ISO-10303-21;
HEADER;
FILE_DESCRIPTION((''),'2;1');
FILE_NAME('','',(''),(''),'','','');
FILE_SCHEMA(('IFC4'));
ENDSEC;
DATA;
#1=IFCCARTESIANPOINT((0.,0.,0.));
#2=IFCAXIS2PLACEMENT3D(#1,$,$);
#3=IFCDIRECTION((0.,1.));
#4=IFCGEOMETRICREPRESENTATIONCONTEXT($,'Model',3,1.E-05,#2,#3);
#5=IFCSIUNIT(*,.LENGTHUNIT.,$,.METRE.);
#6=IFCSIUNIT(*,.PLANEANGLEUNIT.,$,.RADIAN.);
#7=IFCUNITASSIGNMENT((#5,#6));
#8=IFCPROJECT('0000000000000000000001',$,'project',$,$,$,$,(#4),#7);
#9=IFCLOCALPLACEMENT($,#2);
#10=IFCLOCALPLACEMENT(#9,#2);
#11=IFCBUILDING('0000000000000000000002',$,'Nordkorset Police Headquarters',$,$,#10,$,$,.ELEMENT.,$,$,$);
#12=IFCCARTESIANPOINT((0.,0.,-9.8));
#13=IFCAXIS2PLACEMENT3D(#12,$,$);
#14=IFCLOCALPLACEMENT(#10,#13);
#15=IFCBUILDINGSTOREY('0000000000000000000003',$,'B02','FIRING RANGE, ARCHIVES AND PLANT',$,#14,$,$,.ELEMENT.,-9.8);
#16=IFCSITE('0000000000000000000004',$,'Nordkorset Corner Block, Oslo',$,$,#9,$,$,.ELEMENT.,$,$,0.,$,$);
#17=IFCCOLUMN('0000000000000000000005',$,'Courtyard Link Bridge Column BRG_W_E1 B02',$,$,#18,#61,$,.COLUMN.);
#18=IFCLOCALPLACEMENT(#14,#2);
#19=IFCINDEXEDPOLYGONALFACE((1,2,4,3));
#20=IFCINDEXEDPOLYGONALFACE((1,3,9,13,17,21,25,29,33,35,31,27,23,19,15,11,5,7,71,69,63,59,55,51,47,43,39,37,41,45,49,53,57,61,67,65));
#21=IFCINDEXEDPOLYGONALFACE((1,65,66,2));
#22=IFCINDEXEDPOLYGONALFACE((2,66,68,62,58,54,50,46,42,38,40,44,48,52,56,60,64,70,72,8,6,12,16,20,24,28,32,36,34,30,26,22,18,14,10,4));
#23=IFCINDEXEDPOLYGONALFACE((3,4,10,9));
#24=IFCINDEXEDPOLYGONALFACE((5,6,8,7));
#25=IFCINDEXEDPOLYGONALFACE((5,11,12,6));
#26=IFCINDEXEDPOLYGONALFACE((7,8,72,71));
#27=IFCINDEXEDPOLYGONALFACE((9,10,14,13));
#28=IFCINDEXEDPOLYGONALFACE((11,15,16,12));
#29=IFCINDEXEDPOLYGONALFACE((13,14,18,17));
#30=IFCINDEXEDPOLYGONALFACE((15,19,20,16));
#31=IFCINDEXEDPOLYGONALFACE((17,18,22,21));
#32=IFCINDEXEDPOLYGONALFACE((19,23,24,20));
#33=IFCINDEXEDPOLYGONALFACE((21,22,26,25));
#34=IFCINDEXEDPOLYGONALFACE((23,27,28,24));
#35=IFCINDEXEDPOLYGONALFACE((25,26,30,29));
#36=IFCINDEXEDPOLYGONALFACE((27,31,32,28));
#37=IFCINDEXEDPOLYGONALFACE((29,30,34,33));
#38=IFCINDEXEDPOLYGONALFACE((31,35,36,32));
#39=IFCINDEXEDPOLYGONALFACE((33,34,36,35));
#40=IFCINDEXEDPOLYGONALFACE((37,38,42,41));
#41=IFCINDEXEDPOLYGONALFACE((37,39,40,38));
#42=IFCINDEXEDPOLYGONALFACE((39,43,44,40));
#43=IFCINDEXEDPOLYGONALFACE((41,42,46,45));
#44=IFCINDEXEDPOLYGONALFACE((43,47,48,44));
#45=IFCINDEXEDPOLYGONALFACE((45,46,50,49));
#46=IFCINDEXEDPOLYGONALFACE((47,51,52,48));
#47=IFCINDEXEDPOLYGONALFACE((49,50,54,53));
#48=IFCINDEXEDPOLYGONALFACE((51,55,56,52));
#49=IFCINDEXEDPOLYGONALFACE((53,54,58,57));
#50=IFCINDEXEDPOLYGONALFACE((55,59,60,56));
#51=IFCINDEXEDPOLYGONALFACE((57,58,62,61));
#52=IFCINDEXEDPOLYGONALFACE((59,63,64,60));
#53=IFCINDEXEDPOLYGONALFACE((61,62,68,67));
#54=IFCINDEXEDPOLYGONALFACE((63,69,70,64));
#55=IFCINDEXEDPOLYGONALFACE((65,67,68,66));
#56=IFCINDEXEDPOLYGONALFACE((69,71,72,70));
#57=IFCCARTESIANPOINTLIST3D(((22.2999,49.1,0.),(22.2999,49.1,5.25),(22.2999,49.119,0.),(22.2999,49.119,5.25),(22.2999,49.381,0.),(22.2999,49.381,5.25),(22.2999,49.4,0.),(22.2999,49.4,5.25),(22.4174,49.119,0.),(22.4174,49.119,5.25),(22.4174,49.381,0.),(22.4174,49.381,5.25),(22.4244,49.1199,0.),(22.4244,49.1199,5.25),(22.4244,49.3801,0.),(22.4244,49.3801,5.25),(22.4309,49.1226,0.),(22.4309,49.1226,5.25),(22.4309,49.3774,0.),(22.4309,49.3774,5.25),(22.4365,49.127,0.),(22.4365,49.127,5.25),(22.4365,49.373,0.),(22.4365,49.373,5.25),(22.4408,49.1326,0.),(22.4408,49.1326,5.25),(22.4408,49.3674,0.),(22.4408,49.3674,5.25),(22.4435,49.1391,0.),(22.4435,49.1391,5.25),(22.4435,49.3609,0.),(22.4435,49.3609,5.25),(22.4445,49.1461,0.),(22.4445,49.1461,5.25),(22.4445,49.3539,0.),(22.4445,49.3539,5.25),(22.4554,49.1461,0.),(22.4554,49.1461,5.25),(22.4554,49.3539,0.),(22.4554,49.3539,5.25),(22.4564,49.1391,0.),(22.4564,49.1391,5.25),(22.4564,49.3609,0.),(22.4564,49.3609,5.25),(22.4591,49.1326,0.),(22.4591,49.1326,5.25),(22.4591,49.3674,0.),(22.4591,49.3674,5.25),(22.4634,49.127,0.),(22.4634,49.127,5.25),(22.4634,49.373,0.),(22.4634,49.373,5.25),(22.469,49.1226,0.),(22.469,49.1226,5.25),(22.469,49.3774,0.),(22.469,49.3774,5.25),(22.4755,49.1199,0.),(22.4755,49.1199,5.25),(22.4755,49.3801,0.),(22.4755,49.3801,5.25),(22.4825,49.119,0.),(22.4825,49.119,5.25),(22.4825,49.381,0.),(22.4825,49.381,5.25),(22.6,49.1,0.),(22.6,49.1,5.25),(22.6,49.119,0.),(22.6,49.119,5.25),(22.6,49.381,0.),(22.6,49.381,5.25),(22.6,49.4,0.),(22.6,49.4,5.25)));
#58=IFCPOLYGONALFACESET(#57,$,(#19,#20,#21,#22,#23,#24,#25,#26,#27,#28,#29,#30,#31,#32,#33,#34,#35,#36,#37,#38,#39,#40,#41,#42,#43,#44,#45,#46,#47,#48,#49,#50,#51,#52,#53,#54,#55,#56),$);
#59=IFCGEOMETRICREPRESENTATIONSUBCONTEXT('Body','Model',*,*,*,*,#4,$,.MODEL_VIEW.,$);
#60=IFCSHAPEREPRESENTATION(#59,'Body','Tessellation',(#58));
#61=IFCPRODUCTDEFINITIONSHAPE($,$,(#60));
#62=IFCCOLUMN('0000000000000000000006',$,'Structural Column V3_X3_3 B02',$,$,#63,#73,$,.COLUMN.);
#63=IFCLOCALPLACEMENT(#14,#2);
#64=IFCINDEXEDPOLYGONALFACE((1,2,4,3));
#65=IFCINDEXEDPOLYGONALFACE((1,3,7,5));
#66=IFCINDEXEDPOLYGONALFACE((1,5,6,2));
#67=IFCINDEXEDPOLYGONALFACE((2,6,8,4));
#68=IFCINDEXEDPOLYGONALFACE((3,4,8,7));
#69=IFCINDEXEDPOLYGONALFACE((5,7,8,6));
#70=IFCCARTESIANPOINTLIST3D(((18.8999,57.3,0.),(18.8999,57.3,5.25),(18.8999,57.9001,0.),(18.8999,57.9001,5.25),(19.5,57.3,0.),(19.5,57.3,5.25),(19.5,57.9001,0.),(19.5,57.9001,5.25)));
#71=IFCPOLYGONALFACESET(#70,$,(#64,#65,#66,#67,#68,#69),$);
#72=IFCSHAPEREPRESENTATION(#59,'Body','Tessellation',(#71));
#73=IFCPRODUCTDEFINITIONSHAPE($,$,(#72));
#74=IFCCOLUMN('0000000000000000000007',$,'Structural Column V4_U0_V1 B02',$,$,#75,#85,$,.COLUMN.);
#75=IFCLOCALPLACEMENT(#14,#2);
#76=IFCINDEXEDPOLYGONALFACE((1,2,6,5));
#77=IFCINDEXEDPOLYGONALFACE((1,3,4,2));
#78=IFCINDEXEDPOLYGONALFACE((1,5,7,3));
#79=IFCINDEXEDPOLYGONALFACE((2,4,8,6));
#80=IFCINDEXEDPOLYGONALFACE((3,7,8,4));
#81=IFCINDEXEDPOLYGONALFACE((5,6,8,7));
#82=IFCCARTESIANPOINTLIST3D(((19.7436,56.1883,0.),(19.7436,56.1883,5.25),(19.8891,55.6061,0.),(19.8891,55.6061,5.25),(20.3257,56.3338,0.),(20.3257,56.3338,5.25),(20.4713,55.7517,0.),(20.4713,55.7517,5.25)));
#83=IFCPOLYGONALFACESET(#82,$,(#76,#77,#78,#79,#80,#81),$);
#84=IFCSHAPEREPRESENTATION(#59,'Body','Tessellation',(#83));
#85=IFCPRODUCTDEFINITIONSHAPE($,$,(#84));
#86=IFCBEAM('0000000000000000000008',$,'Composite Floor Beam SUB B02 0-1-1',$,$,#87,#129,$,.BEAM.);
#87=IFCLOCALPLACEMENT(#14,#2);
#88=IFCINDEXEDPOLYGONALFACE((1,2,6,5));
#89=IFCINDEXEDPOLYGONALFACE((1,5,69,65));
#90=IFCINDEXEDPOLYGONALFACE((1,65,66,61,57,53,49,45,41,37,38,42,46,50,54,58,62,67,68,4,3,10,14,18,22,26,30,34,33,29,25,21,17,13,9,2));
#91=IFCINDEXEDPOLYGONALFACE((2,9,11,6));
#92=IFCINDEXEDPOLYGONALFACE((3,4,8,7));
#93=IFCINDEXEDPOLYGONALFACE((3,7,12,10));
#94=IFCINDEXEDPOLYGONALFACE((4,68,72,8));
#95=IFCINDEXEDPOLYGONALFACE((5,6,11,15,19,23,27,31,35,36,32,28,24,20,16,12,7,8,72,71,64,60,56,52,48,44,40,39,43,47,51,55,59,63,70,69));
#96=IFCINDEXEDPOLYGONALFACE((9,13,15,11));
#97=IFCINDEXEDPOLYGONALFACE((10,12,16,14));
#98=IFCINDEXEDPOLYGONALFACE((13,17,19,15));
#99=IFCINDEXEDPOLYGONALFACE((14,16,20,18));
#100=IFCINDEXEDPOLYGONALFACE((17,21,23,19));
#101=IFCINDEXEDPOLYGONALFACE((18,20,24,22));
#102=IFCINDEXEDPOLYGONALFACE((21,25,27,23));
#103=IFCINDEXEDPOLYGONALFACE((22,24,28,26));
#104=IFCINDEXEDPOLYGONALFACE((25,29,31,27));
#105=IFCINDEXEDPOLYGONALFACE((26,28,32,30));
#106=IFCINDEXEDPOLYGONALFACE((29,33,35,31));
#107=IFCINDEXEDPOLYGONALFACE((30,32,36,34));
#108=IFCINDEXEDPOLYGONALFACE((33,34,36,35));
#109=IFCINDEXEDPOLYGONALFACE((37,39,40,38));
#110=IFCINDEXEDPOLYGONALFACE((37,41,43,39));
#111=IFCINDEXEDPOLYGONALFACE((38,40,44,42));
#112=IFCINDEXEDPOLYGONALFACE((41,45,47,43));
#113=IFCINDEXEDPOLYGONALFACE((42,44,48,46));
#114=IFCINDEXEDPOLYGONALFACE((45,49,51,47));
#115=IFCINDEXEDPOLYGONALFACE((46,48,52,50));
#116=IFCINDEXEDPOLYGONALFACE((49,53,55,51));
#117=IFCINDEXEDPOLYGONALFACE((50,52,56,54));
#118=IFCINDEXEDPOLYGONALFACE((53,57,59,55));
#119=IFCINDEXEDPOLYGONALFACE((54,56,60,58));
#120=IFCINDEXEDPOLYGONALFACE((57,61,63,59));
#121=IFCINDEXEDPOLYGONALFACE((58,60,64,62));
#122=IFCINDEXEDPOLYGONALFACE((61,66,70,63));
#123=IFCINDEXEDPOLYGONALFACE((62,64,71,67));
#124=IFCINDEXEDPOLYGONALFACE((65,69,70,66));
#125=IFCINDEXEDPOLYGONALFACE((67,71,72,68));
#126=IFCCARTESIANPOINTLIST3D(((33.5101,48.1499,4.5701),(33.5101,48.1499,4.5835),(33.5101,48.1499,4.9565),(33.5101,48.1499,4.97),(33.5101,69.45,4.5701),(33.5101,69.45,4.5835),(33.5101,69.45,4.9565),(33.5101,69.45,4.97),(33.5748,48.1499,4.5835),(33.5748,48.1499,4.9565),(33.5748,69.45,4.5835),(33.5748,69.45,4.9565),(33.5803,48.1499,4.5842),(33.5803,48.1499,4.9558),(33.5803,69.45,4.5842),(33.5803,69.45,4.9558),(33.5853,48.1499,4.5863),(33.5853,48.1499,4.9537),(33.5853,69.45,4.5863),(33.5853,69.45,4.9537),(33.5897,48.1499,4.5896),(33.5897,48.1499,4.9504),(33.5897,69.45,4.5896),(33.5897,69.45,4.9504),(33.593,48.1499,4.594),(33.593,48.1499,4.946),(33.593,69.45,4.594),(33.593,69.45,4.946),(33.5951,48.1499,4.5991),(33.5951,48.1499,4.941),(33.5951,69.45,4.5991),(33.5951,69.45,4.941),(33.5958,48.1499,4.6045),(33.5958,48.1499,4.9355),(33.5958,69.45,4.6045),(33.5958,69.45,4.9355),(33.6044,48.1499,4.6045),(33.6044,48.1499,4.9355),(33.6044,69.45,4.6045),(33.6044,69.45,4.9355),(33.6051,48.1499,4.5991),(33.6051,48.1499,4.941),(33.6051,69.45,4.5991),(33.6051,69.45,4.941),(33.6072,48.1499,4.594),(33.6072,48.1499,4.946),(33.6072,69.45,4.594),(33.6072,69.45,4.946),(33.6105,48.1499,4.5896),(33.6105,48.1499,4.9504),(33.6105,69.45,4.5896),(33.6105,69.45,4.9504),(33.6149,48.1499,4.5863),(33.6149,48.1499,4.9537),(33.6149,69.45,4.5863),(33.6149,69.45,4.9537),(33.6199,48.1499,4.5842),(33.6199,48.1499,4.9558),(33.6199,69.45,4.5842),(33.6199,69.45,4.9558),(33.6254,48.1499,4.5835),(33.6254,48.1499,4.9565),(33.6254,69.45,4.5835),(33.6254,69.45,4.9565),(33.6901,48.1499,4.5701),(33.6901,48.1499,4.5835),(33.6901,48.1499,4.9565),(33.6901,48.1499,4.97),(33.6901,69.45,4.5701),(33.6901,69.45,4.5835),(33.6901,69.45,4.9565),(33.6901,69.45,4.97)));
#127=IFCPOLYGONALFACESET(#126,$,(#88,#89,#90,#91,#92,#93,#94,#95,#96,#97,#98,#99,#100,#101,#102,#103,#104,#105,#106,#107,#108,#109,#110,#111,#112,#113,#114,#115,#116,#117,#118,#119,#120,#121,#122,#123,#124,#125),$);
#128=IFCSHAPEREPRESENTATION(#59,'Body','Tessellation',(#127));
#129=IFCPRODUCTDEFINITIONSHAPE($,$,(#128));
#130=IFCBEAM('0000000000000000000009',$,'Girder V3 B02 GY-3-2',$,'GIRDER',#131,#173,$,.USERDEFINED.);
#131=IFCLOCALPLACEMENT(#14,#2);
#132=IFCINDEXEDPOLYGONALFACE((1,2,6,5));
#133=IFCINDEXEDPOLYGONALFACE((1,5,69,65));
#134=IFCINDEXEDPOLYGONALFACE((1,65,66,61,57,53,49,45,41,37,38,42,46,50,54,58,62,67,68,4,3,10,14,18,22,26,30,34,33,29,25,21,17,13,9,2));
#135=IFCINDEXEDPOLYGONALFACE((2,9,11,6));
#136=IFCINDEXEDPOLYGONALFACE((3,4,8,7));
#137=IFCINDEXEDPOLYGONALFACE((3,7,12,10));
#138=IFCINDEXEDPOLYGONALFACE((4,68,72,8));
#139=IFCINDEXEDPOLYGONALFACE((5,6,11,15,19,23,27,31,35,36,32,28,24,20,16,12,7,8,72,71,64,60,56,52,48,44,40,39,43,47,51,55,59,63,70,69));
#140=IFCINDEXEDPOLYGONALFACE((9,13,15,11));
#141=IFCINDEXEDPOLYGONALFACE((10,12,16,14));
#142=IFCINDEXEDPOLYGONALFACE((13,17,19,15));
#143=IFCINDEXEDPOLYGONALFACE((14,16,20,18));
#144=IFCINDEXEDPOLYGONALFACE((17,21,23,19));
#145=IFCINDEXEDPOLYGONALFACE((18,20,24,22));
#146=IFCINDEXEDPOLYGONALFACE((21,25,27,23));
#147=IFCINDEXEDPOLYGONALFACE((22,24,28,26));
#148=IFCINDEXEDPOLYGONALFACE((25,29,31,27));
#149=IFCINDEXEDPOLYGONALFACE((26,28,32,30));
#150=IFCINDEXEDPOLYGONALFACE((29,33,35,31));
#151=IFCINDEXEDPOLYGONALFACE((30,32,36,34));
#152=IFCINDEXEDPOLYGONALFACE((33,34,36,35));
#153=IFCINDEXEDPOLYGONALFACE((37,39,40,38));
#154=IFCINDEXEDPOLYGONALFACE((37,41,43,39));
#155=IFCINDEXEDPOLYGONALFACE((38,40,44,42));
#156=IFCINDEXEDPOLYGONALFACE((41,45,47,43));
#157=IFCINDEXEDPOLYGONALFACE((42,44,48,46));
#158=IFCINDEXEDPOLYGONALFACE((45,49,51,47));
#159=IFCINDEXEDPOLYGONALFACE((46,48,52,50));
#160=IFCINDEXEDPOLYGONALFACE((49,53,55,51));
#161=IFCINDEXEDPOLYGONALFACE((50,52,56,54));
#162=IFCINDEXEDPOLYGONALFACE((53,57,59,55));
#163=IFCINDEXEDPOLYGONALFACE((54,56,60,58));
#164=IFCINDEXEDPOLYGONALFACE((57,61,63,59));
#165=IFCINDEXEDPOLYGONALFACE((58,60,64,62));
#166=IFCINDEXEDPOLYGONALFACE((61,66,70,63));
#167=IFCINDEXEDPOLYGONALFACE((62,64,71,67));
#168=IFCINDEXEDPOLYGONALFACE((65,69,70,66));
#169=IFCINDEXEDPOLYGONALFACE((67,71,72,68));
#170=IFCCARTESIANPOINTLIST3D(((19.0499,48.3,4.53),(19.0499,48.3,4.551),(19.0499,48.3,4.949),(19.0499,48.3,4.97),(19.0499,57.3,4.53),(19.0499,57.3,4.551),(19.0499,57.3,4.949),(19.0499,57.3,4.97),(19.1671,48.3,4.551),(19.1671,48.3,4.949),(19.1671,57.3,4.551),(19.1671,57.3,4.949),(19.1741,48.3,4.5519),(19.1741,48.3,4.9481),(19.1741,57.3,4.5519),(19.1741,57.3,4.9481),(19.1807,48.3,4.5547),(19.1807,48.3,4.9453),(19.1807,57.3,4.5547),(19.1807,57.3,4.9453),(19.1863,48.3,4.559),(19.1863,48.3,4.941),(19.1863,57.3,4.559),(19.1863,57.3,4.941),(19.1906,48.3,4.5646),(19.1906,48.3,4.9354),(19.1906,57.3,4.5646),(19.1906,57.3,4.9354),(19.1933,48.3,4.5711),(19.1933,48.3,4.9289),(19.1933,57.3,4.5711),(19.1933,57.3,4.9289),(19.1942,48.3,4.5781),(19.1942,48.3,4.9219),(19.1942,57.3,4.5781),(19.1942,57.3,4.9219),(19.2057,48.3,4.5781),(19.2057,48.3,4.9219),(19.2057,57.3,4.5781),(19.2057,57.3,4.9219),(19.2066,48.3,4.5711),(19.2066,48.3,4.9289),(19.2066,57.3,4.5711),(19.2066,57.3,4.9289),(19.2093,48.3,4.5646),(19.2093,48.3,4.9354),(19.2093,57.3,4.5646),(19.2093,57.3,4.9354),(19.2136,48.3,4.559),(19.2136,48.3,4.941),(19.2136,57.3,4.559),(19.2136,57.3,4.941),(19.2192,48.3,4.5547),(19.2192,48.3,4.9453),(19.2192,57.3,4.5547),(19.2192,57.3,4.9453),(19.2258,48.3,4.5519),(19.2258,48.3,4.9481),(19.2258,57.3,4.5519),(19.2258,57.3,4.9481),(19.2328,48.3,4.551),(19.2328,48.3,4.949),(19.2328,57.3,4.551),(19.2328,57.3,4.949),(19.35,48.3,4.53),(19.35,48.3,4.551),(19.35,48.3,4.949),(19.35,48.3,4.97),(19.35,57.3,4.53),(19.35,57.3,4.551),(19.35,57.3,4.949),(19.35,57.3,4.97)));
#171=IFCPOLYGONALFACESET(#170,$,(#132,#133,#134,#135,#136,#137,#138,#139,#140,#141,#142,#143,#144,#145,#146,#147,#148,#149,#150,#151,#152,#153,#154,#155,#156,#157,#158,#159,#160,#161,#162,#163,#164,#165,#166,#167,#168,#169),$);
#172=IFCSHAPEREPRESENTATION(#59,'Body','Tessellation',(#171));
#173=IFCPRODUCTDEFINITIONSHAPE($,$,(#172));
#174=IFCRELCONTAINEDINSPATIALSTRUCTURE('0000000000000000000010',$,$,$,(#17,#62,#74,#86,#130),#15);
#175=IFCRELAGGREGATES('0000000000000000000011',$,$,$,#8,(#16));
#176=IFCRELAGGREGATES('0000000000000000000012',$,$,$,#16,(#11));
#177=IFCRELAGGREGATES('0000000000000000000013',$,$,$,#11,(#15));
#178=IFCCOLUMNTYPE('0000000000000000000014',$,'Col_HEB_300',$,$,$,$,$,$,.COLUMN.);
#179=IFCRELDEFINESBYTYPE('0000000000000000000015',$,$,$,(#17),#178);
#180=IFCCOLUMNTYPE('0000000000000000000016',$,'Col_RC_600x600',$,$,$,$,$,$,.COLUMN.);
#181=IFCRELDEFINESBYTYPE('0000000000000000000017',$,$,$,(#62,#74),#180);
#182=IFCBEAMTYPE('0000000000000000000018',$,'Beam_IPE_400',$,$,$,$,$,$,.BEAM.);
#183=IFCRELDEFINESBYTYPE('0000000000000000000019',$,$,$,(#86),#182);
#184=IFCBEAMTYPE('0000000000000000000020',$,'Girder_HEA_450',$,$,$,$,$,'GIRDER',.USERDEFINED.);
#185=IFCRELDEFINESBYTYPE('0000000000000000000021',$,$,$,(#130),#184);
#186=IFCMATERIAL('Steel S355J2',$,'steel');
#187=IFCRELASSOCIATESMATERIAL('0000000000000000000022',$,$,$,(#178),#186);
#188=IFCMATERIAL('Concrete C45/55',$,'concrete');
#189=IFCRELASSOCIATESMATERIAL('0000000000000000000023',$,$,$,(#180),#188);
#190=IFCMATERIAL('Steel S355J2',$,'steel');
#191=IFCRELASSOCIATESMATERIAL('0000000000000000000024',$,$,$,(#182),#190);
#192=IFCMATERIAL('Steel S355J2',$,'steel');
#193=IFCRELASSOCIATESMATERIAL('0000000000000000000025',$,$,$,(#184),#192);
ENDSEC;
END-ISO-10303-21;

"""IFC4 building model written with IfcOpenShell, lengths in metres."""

from ifc_helpers import new_model, si_unit, direction, frame, origin, origin_2d, place, context, subcontext, project, spatial, rectangle, i_section, extrude, material, material_profile, profile_set, type_object, element, save


model = new_model("IFC4")

# Units and contexts
model_context = context("Model", 3, precision=1e-05, world=origin(), true_north=direction((0.0, 1.0)))
body_context = subcontext(model_context, "Body", "Model", "MODEL_VIEW")
ifc_project = project(units=[si_unit("LENGTHUNIT", "METRE"), si_unit("PLANEANGLEUNIT", "RADIAN")], contexts=[model_context])

# Site, building, storey
site_placement = place(None, origin())
site = spatial("IfcSite", under=ifc_project, at=site_placement, Name="Nordkorset Corner Block, Oslo", CompositionType="ELEMENT", RefElevation=0.0)
building_placement = place(site_placement, origin())
building = spatial("IfcBuilding", under=site, at=building_placement, Name="Nordkorset Police Headquarters", CompositionType="ELEMENT")
storey_placement = place(building_placement, frame((0.0, 0.0, -9.8)))
storey = spatial("IfcBuildingStorey", under=building, at=storey_placement, Name="B02", Description="FIRING RANGE, ARCHIVES AND PLANT", CompositionType="ELEMENT", Elevation=-9.8)

# Columns
ifc_material_1 = material(Name="Steel S355J2", Category="steel")
ifc_material_profile_1 = material_profile(ifc_material_1, i_section(OverallWidth=0.3, OverallDepth=0.3, WebThickness=0.011, FlangeThickness=0.019, FilletRadius=0.0271, at=origin_2d()), Name="HEB 300")
ifc_profile_set_1 = profile_set([ifc_material_profile_1], Name="Steel S355J2")
column_type_1 = type_object("IfcColumnType", Name="Col_HEB_300", PredefinedType="COLUMN", material=ifc_profile_set_1)
for number, where, z_axis, x_axis, name in (
    (1, (22.45, 49.25, 0.0), (0.0, 0.0, 1.0), (1.0, 0.0, 0.0), "Courtyard Link Bridge Column BRG_W_E1 B02"),
):
    element("IfcColumn", number, at=place(storey_placement, frame(where, z_axis=z_axis, x_axis=x_axis)), inside=storey, type_object=column_type_1, Name=name, PredefinedType="COLUMN", context=body_context, shape_type="SweptSolid", body=[
        extrude(i_section(OverallWidth=0.3, OverallDepth=0.3, WebThickness=0.011, FlangeThickness=0.019, FilletRadius=0.0271, at=origin_2d()), origin(), (0.0, 0.0, 1.0), 5.25),
    ])
ifc_material_2 = material(Name="Concrete C45/55", Category="concrete")
ifc_material_profile_2 = material_profile(ifc_material_2, rectangle(XDim=0.6001, YDim=0.6001, at=origin_2d()), Name="RC 600x600")
ifc_profile_set_2 = profile_set([ifc_material_profile_2], Name="Concrete C45/55")
column_type_2 = type_object("IfcColumnType", Name="Col_RC_600x600", PredefinedType="COLUMN", material=ifc_profile_set_2)
for number, where, z_axis, x_axis, name in (
    (2, (19.2, 57.6001, 0.0), (0.0, 0.0, 1.0), (1.0, 0.0, 0.0), "Structural Column V3_X3_3 B02"),
    (3, (20.1074, 55.97, 0.0), (0.0, 0.0, 1.0), (0.970143, 0.242536, 0.0), "Structural Column V4_U0_V1 B02"),
):
    element("IfcColumn", number, at=place(storey_placement, frame(where, z_axis=z_axis, x_axis=x_axis)), inside=storey, type_object=column_type_2, Name=name, PredefinedType="COLUMN", context=body_context, shape_type="SweptSolid", body=[
        extrude(rectangle(XDim=0.6001, YDim=0.6001, at=origin_2d()), origin(), (0.0, 0.0, 1.0), 5.25),
    ])

# Beams
ifc_material_3 = material(Name="Steel S355J2", Category="steel")
ifc_material_profile_3 = material_profile(ifc_material_3, i_section(OverallWidth=0.1799, OverallDepth=0.3999, WebThickness=0.0085, FlangeThickness=0.0134, FilletRadius=0.021, at=origin_2d()), Name="IPE 400")
ifc_profile_set_3 = profile_set([ifc_material_profile_3], Name="Steel S355J2")
beam_type_1 = type_object("IfcBeamType", Name="Beam_IPE_400", PredefinedType="BEAM", material=ifc_profile_set_3)
beam_placement = place(storey_placement, frame((33.6001, 48.1499, 4.77), z_axis=(0.0, 1.0, 0.0), x_axis=(-1.0, 0.0, 0.0)))
element("IfcBeam", 4, at=beam_placement, inside=storey, type_object=beam_type_1, Name="Composite Floor Beam SUB B02 0-1-1", PredefinedType="BEAM", context=body_context, shape_type="SweptSolid", body=[
    extrude(i_section(OverallWidth=0.1799, OverallDepth=0.3999, WebThickness=0.0085, FlangeThickness=0.0134, FilletRadius=0.021, at=origin_2d()), origin(), (0.0, 0.0, 1.0), 21.3),
])
ifc_material_4 = material(Name="Steel S355J2", Category="steel")
ifc_material_profile_4 = material_profile(ifc_material_4, i_section(OverallWidth=0.3, OverallDepth=0.4399, WebThickness=0.0115, FlangeThickness=0.021, FilletRadius=0.0271, at=origin_2d()), Name="HEA 450")
ifc_profile_set_4 = profile_set([ifc_material_profile_4], Name="Steel S355J2")
beam_type_2 = type_object("IfcBeamType", Name="Girder_HEA_450", ElementType="GIRDER", PredefinedType="USERDEFINED", material=ifc_profile_set_4)
for number, where, z_axis, x_axis, name in (
    (5, (19.2, 48.3, 4.75), (0.0, 1.0, 0.0), (-1.0, 0.0, 0.0), "Girder V3 B02 GY-3-2"),
):
    element("IfcBeam", number, at=place(storey_placement, frame(where, z_axis=z_axis, x_axis=x_axis)), inside=storey, type_object=beam_type_2, Name=name, ObjectType="GIRDER", PredefinedType="USERDEFINED", context=body_context, shape_type="SweptSolid", body=[
        extrude(i_section(OverallWidth=0.3, OverallDepth=0.4399, WebThickness=0.0115, FlangeThickness=0.021, FilletRadius=0.0271, at=origin_2d()), origin(), (0.0, 0.0, 1.0), 9.0),
    ])

save(model, "model.ifc")
